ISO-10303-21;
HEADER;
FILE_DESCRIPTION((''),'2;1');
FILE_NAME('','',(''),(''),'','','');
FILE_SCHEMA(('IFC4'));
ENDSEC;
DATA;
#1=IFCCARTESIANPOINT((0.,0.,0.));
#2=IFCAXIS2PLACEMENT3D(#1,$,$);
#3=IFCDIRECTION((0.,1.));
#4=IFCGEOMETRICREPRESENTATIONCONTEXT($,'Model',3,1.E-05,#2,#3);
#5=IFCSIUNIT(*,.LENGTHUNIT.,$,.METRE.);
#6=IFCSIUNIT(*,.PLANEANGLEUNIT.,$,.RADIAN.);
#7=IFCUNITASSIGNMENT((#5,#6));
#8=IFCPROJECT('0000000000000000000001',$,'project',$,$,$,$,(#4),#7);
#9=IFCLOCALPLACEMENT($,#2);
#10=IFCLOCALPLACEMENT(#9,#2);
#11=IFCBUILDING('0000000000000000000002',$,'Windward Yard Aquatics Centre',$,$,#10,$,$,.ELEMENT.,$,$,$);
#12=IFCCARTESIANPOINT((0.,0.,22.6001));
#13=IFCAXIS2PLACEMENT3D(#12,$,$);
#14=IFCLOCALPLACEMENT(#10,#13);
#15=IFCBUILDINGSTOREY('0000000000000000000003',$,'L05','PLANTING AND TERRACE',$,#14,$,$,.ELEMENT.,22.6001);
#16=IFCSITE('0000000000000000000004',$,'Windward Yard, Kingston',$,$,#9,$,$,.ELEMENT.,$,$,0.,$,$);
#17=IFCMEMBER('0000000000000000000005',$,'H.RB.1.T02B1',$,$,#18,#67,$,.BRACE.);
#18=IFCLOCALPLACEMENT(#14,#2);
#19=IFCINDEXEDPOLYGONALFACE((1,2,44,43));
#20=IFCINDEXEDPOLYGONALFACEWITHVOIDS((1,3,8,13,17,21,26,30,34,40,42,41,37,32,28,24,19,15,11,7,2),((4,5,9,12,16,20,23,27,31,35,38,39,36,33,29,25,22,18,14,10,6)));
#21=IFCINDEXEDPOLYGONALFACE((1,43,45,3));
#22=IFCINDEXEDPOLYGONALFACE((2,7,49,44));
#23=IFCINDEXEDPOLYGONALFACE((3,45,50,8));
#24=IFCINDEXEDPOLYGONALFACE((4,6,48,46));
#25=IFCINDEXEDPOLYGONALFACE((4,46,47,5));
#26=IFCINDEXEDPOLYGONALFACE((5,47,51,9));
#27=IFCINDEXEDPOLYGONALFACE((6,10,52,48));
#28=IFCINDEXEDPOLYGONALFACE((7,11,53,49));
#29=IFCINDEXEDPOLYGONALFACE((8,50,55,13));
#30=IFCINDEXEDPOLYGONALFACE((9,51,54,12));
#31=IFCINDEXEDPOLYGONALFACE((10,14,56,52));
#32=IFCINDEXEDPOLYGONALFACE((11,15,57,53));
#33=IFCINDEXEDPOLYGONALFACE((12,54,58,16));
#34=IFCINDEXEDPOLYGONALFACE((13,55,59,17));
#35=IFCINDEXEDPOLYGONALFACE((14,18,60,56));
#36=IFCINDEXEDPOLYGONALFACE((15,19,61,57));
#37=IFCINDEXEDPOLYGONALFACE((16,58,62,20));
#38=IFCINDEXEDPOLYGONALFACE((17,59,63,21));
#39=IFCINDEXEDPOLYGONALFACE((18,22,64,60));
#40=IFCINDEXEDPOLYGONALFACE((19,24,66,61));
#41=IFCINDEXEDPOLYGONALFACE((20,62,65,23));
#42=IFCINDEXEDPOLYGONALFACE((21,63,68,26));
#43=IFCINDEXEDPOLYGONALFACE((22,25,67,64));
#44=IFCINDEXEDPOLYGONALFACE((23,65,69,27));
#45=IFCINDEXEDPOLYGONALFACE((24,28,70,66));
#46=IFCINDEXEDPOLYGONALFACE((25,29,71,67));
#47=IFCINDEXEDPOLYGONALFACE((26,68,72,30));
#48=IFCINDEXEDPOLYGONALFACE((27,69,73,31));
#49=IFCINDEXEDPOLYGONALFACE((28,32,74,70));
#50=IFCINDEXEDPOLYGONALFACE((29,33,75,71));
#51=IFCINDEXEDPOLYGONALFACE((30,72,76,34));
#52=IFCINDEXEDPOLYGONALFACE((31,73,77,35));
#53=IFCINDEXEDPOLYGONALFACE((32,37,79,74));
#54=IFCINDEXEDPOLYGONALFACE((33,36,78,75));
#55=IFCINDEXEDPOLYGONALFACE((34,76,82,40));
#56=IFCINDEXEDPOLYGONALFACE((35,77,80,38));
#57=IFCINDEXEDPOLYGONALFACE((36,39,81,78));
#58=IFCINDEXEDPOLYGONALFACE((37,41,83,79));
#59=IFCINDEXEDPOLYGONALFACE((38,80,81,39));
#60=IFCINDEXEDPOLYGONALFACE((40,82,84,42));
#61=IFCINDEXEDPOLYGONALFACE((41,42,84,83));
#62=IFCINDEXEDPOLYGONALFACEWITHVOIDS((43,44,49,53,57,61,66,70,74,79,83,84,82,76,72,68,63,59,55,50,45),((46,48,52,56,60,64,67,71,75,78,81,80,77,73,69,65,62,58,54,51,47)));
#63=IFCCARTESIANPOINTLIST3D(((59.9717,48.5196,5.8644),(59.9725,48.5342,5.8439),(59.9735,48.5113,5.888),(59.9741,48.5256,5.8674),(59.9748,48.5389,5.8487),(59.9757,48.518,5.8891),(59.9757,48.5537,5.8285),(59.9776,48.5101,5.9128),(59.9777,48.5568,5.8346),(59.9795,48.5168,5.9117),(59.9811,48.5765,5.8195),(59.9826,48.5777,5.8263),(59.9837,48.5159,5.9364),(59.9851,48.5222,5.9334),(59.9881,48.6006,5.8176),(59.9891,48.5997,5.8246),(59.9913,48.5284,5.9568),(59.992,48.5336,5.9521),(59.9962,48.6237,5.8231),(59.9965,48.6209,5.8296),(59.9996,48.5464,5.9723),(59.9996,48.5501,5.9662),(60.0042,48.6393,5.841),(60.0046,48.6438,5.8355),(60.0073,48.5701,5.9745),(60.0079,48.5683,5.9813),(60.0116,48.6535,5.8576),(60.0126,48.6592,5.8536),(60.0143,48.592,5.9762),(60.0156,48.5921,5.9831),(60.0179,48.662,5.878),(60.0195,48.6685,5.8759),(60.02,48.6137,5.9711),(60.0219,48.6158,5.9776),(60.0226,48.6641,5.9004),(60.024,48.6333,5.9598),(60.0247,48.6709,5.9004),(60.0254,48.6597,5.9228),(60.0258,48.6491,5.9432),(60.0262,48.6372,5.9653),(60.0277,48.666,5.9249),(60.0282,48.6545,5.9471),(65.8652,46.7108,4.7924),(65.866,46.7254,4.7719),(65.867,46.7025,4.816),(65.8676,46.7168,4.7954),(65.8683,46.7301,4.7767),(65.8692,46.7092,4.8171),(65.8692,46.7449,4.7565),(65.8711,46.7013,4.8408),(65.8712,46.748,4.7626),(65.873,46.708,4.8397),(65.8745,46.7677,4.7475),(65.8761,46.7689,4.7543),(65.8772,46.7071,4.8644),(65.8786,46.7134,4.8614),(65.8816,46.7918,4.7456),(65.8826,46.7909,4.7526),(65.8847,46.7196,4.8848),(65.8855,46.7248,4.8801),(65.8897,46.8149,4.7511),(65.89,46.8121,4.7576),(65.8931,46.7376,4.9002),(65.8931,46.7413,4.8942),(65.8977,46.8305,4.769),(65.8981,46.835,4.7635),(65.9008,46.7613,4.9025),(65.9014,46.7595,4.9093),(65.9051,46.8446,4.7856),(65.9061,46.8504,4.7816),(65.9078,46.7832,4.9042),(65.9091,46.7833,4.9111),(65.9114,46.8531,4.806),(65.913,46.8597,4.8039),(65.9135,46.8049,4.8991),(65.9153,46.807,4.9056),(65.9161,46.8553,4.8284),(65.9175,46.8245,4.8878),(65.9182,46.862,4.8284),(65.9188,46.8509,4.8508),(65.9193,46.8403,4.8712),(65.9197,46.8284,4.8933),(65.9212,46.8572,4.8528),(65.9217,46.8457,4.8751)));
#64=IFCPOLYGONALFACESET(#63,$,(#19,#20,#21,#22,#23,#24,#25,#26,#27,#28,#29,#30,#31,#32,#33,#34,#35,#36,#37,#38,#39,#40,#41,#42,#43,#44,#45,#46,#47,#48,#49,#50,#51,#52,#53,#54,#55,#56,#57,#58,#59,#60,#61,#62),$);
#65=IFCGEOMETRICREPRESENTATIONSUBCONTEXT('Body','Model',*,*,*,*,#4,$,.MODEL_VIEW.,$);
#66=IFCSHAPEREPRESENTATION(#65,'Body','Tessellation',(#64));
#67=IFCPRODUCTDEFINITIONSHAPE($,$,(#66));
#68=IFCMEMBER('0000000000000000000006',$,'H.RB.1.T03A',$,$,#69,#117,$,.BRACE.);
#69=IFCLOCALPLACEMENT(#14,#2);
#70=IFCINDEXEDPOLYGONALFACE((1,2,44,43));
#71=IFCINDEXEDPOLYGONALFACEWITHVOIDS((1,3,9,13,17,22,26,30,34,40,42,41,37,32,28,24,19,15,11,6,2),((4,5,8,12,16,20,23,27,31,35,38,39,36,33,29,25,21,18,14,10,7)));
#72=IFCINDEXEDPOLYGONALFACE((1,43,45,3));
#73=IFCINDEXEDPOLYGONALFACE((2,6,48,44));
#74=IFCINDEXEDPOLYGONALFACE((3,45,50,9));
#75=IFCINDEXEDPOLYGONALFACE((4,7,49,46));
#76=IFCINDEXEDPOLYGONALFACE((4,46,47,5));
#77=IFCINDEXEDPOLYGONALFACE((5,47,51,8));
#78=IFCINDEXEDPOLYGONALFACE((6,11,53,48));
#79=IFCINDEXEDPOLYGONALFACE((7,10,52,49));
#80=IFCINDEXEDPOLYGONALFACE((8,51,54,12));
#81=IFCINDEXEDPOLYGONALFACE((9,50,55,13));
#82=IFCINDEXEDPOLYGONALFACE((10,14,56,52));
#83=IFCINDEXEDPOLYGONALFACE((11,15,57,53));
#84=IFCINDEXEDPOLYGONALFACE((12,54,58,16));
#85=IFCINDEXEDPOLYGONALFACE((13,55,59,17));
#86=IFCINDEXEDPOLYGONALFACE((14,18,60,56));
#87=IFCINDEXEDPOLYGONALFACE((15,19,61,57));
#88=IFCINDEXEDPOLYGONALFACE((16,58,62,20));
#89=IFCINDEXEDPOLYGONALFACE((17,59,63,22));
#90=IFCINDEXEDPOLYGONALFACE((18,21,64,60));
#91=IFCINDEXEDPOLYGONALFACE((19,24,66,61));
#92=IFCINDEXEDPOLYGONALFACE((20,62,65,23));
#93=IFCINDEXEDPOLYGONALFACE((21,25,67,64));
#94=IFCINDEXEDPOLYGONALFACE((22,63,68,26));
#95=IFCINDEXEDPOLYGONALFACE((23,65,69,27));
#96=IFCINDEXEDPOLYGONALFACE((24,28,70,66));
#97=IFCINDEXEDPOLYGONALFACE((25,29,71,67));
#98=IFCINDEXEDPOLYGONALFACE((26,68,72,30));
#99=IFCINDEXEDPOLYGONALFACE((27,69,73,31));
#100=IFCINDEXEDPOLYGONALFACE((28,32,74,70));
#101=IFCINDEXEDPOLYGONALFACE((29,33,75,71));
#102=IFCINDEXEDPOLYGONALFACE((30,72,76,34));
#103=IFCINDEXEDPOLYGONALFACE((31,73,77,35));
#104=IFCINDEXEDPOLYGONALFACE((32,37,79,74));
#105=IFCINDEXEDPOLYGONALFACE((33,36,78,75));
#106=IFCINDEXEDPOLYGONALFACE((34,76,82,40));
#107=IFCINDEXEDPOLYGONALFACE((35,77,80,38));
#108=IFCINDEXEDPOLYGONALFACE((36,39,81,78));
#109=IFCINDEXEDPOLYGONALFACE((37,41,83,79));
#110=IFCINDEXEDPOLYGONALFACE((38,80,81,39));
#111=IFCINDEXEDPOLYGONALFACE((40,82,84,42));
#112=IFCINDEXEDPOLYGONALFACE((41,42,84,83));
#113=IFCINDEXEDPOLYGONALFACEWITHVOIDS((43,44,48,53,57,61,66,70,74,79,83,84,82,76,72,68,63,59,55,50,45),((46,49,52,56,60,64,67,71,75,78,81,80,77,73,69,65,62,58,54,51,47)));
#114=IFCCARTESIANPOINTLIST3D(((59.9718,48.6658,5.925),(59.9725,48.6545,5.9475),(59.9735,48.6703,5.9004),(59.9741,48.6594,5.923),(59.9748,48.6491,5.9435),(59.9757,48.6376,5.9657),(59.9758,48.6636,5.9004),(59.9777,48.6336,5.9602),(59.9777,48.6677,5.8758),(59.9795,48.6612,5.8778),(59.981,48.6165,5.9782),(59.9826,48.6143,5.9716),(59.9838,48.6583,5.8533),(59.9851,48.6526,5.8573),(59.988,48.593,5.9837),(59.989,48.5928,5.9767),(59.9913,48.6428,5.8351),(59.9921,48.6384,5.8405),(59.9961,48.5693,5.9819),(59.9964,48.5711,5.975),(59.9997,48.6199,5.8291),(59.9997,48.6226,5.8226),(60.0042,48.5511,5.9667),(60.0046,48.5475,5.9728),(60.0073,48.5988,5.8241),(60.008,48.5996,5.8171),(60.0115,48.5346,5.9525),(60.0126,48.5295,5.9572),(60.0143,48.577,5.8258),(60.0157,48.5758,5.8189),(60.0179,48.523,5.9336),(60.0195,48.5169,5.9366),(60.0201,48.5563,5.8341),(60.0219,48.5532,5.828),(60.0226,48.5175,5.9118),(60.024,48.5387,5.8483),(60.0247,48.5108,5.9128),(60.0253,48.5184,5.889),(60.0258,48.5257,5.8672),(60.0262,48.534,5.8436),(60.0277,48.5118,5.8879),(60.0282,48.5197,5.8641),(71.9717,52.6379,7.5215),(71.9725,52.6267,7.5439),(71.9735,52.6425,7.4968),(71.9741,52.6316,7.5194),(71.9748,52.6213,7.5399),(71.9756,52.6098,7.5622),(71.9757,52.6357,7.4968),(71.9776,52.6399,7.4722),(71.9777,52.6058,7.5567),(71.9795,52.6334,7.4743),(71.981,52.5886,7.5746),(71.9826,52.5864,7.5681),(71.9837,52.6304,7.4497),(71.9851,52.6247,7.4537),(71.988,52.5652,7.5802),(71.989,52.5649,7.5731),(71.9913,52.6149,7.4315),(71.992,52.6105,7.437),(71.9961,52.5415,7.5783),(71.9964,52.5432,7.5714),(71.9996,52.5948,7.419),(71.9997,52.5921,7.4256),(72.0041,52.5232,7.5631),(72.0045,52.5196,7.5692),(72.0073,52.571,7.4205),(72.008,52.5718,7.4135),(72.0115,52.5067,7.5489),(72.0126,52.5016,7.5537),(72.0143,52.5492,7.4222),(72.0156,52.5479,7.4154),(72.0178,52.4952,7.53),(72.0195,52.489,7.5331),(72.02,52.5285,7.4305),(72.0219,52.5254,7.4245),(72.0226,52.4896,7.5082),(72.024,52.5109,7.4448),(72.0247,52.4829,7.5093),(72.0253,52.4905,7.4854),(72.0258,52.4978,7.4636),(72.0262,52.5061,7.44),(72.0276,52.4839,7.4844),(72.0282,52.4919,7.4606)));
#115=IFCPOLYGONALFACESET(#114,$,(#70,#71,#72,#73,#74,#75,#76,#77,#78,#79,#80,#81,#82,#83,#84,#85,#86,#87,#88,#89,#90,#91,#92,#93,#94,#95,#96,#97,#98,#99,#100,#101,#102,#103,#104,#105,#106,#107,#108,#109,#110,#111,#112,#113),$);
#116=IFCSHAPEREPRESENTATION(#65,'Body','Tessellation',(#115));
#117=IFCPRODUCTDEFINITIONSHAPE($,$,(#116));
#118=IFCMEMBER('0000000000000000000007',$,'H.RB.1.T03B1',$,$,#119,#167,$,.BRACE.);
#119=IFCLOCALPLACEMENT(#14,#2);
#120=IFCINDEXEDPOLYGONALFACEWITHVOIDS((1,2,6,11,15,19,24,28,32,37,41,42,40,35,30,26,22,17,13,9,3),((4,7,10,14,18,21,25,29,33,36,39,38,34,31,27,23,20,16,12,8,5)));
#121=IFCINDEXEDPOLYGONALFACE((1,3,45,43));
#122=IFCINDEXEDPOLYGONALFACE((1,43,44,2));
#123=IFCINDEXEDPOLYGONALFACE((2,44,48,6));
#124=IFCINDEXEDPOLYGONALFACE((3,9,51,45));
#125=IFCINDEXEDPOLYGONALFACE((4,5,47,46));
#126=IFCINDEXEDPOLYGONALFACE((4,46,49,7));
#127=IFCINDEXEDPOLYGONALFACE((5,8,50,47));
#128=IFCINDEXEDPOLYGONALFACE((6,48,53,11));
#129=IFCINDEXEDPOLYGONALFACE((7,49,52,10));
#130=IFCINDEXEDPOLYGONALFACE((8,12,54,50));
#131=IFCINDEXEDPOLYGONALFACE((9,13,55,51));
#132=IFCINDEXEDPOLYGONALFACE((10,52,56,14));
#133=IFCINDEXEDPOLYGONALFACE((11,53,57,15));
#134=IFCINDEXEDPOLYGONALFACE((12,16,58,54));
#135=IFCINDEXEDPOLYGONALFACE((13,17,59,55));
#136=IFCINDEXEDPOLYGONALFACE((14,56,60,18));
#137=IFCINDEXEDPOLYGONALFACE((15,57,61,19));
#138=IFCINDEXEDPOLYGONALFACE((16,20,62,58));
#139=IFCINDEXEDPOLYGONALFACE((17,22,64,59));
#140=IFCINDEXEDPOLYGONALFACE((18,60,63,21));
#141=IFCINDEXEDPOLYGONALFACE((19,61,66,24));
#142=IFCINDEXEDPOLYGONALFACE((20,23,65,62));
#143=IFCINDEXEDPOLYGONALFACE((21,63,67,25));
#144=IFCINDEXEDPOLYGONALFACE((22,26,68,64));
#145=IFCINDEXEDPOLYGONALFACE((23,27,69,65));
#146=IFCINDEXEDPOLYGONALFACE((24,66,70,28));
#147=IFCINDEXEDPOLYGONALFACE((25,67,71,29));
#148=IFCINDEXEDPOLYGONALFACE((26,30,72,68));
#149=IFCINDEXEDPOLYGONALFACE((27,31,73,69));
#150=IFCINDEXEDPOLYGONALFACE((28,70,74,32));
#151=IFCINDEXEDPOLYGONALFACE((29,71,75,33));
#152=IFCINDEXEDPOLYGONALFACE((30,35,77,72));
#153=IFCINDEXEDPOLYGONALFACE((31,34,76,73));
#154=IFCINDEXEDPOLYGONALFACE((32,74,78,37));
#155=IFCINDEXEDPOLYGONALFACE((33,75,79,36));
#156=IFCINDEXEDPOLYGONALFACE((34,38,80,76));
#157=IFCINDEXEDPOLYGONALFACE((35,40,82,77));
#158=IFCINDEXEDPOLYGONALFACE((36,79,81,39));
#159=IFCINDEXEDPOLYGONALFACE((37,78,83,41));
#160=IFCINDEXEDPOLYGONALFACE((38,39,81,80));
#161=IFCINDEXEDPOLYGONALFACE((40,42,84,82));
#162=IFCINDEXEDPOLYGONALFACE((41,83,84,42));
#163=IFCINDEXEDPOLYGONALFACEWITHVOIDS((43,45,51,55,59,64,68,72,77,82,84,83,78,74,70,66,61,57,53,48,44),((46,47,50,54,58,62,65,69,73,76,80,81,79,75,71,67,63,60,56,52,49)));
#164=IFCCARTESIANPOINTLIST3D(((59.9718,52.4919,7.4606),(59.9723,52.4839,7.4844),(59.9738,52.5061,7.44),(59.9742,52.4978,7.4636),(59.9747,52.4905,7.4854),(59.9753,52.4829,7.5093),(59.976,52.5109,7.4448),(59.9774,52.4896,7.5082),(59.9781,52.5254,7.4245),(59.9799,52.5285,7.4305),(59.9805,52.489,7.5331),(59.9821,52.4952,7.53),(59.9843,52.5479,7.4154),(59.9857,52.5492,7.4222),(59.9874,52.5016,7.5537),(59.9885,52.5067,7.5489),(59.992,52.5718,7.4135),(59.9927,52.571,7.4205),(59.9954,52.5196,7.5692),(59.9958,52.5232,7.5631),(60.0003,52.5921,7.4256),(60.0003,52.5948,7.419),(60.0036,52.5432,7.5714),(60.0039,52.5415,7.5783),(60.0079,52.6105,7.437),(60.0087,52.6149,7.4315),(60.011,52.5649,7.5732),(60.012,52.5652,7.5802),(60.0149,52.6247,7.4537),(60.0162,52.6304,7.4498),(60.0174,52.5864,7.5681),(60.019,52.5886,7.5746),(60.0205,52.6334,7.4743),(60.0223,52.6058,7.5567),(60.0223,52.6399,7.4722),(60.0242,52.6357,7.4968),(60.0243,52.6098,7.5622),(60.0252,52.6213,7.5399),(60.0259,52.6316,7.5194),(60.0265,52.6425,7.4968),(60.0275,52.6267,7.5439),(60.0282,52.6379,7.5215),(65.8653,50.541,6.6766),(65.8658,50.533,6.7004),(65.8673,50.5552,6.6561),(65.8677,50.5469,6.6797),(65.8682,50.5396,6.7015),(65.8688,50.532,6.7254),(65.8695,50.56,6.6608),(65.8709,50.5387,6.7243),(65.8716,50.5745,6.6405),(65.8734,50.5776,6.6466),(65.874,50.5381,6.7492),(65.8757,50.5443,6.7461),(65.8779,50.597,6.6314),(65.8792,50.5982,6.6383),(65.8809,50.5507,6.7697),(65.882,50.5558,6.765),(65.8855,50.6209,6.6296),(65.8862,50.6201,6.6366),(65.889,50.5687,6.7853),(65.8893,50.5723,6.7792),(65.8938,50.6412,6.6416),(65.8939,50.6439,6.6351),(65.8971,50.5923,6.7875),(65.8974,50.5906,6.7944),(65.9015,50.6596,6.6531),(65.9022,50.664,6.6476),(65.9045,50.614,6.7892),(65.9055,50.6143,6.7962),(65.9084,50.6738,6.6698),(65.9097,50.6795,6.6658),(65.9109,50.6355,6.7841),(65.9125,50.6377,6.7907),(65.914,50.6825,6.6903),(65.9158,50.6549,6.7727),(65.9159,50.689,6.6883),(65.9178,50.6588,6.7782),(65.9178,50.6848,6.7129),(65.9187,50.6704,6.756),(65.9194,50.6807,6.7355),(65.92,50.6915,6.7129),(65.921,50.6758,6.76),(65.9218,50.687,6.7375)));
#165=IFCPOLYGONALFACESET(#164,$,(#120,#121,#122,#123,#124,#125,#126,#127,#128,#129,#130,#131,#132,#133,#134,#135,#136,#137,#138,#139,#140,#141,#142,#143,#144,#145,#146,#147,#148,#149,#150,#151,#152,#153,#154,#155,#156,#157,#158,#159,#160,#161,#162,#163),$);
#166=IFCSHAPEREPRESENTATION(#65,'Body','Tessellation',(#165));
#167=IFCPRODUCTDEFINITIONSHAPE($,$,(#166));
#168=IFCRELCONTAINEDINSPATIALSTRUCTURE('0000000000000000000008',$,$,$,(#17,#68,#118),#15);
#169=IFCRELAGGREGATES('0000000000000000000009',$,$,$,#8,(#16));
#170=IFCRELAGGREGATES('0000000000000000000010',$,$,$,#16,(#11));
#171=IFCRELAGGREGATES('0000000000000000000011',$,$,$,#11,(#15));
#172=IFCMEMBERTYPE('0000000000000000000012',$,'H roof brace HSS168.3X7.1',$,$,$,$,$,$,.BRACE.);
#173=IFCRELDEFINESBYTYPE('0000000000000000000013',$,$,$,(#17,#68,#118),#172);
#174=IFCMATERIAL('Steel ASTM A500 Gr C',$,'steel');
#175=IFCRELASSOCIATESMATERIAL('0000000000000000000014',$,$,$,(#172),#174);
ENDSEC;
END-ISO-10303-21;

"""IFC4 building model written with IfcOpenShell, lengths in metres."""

from ifc_helpers import new_model, si_unit, direction, frame, origin, origin_2d, place, context, subcontext, project, spatial, hollow_circle, extrude, material, material_profile, profile_set, type_object, element, save


model = new_model("IFC4")

# Units and contexts
model_context = context("Model", 3, precision=1e-05, world=origin(), true_north=direction((0.0, 1.0)))
body_context = subcontext(model_context, "Body", "Model", "MODEL_VIEW")
ifc_project = project(units=[si_unit("LENGTHUNIT", "METRE"), si_unit("PLANEANGLEUNIT", "RADIAN")], contexts=[model_context])

# Site, building, storey
site_placement = place(None, origin())
site = spatial("IfcSite", under=ifc_project, at=site_placement, Name="Windward Yard, Kingston", CompositionType="ELEMENT", RefElevation=0.0)
building_placement = place(site_placement, origin())
building = spatial("IfcBuilding", under=site, at=building_placement, Name="Windward Yard Aquatics Centre", CompositionType="ELEMENT")
storey_placement = place(building_placement, frame((0.0, 0.0, 22.6001)))
storey = spatial("IfcBuildingStorey", under=building, at=storey_placement, Name="L05", Description="PLANTING AND TERRACE", CompositionType="ELEMENT", Elevation=22.6001)

# Members
ifc_material_1 = material(Name="Steel ASTM A500 Gr C", Category="steel")
ifc_material_profile_1 = material_profile(ifc_material_1, hollow_circle(Radius=0.0842, WallThickness=0.0071, at=origin_2d()), Name="HSS168.3X7.1")
ifc_profile_set_1 = profile_set([ifc_material_profile_1], Name="Steel ASTM A500 Gr C")
member_type_1 = type_object("IfcMemberType", Name="H roof brace HSS168.3X7.1", PredefinedType="BRACE", material=ifc_profile_set_1)
member_1_placement = place(storey_placement, frame((60.0, 48.5903, 5.9004), z_axis=(0.941853, -0.289072, -0.17132), x_axis=(0.29341, 0.955987, 0.0)))
element("IfcMember", 1, at=member_1_placement, inside=storey, type_object=member_type_1, Name="H.RB.1.T02B1", PredefinedType="BRACE", context=body_context, shape_type="SweptSolid", body=[
    extrude(hollow_circle(Radius=0.0842, WallThickness=0.0071, at=origin_2d()), origin(), (0.0, 0.0, 1.0), 6.2573),
])
member_2_placement = place(storey_placement, frame((60.0, 48.5903, 5.9004), z_axis=(0.94186, 0.311769, 0.125302), x_axis=(-0.314245, 0.949342, 0.0)))
element("IfcMember", 2, at=member_2_placement, inside=storey, type_object=member_type_1, Name="H.RB.1.T03A", PredefinedType="BRACE", context=body_context, shape_type="SweptSolid", body=[
    extrude(hollow_circle(Radius=0.0842, WallThickness=0.0071, at=origin_2d()), origin(), (0.0, 0.0, 1.0), 12.7407),
])
member_3_placement = place(storey_placement, frame((60.0, 52.5625, 7.4968), z_axis=(0.941858, -0.311781, -0.125282), x_axis=(0.314257, 0.949338, 0.0)))
element("IfcMember", 3, at=member_3_placement, inside=storey, type_object=member_type_1, Name="H.RB.1.T03B1", PredefinedType="BRACE", context=body_context, shape_type="SweptSolid", body=[
    extrude(hollow_circle(Radius=0.0842, WallThickness=0.0071, at=origin_2d()), origin(), (0.0, 0.0, 1.0), 6.2573),
])

save(model, "model.ifc")
